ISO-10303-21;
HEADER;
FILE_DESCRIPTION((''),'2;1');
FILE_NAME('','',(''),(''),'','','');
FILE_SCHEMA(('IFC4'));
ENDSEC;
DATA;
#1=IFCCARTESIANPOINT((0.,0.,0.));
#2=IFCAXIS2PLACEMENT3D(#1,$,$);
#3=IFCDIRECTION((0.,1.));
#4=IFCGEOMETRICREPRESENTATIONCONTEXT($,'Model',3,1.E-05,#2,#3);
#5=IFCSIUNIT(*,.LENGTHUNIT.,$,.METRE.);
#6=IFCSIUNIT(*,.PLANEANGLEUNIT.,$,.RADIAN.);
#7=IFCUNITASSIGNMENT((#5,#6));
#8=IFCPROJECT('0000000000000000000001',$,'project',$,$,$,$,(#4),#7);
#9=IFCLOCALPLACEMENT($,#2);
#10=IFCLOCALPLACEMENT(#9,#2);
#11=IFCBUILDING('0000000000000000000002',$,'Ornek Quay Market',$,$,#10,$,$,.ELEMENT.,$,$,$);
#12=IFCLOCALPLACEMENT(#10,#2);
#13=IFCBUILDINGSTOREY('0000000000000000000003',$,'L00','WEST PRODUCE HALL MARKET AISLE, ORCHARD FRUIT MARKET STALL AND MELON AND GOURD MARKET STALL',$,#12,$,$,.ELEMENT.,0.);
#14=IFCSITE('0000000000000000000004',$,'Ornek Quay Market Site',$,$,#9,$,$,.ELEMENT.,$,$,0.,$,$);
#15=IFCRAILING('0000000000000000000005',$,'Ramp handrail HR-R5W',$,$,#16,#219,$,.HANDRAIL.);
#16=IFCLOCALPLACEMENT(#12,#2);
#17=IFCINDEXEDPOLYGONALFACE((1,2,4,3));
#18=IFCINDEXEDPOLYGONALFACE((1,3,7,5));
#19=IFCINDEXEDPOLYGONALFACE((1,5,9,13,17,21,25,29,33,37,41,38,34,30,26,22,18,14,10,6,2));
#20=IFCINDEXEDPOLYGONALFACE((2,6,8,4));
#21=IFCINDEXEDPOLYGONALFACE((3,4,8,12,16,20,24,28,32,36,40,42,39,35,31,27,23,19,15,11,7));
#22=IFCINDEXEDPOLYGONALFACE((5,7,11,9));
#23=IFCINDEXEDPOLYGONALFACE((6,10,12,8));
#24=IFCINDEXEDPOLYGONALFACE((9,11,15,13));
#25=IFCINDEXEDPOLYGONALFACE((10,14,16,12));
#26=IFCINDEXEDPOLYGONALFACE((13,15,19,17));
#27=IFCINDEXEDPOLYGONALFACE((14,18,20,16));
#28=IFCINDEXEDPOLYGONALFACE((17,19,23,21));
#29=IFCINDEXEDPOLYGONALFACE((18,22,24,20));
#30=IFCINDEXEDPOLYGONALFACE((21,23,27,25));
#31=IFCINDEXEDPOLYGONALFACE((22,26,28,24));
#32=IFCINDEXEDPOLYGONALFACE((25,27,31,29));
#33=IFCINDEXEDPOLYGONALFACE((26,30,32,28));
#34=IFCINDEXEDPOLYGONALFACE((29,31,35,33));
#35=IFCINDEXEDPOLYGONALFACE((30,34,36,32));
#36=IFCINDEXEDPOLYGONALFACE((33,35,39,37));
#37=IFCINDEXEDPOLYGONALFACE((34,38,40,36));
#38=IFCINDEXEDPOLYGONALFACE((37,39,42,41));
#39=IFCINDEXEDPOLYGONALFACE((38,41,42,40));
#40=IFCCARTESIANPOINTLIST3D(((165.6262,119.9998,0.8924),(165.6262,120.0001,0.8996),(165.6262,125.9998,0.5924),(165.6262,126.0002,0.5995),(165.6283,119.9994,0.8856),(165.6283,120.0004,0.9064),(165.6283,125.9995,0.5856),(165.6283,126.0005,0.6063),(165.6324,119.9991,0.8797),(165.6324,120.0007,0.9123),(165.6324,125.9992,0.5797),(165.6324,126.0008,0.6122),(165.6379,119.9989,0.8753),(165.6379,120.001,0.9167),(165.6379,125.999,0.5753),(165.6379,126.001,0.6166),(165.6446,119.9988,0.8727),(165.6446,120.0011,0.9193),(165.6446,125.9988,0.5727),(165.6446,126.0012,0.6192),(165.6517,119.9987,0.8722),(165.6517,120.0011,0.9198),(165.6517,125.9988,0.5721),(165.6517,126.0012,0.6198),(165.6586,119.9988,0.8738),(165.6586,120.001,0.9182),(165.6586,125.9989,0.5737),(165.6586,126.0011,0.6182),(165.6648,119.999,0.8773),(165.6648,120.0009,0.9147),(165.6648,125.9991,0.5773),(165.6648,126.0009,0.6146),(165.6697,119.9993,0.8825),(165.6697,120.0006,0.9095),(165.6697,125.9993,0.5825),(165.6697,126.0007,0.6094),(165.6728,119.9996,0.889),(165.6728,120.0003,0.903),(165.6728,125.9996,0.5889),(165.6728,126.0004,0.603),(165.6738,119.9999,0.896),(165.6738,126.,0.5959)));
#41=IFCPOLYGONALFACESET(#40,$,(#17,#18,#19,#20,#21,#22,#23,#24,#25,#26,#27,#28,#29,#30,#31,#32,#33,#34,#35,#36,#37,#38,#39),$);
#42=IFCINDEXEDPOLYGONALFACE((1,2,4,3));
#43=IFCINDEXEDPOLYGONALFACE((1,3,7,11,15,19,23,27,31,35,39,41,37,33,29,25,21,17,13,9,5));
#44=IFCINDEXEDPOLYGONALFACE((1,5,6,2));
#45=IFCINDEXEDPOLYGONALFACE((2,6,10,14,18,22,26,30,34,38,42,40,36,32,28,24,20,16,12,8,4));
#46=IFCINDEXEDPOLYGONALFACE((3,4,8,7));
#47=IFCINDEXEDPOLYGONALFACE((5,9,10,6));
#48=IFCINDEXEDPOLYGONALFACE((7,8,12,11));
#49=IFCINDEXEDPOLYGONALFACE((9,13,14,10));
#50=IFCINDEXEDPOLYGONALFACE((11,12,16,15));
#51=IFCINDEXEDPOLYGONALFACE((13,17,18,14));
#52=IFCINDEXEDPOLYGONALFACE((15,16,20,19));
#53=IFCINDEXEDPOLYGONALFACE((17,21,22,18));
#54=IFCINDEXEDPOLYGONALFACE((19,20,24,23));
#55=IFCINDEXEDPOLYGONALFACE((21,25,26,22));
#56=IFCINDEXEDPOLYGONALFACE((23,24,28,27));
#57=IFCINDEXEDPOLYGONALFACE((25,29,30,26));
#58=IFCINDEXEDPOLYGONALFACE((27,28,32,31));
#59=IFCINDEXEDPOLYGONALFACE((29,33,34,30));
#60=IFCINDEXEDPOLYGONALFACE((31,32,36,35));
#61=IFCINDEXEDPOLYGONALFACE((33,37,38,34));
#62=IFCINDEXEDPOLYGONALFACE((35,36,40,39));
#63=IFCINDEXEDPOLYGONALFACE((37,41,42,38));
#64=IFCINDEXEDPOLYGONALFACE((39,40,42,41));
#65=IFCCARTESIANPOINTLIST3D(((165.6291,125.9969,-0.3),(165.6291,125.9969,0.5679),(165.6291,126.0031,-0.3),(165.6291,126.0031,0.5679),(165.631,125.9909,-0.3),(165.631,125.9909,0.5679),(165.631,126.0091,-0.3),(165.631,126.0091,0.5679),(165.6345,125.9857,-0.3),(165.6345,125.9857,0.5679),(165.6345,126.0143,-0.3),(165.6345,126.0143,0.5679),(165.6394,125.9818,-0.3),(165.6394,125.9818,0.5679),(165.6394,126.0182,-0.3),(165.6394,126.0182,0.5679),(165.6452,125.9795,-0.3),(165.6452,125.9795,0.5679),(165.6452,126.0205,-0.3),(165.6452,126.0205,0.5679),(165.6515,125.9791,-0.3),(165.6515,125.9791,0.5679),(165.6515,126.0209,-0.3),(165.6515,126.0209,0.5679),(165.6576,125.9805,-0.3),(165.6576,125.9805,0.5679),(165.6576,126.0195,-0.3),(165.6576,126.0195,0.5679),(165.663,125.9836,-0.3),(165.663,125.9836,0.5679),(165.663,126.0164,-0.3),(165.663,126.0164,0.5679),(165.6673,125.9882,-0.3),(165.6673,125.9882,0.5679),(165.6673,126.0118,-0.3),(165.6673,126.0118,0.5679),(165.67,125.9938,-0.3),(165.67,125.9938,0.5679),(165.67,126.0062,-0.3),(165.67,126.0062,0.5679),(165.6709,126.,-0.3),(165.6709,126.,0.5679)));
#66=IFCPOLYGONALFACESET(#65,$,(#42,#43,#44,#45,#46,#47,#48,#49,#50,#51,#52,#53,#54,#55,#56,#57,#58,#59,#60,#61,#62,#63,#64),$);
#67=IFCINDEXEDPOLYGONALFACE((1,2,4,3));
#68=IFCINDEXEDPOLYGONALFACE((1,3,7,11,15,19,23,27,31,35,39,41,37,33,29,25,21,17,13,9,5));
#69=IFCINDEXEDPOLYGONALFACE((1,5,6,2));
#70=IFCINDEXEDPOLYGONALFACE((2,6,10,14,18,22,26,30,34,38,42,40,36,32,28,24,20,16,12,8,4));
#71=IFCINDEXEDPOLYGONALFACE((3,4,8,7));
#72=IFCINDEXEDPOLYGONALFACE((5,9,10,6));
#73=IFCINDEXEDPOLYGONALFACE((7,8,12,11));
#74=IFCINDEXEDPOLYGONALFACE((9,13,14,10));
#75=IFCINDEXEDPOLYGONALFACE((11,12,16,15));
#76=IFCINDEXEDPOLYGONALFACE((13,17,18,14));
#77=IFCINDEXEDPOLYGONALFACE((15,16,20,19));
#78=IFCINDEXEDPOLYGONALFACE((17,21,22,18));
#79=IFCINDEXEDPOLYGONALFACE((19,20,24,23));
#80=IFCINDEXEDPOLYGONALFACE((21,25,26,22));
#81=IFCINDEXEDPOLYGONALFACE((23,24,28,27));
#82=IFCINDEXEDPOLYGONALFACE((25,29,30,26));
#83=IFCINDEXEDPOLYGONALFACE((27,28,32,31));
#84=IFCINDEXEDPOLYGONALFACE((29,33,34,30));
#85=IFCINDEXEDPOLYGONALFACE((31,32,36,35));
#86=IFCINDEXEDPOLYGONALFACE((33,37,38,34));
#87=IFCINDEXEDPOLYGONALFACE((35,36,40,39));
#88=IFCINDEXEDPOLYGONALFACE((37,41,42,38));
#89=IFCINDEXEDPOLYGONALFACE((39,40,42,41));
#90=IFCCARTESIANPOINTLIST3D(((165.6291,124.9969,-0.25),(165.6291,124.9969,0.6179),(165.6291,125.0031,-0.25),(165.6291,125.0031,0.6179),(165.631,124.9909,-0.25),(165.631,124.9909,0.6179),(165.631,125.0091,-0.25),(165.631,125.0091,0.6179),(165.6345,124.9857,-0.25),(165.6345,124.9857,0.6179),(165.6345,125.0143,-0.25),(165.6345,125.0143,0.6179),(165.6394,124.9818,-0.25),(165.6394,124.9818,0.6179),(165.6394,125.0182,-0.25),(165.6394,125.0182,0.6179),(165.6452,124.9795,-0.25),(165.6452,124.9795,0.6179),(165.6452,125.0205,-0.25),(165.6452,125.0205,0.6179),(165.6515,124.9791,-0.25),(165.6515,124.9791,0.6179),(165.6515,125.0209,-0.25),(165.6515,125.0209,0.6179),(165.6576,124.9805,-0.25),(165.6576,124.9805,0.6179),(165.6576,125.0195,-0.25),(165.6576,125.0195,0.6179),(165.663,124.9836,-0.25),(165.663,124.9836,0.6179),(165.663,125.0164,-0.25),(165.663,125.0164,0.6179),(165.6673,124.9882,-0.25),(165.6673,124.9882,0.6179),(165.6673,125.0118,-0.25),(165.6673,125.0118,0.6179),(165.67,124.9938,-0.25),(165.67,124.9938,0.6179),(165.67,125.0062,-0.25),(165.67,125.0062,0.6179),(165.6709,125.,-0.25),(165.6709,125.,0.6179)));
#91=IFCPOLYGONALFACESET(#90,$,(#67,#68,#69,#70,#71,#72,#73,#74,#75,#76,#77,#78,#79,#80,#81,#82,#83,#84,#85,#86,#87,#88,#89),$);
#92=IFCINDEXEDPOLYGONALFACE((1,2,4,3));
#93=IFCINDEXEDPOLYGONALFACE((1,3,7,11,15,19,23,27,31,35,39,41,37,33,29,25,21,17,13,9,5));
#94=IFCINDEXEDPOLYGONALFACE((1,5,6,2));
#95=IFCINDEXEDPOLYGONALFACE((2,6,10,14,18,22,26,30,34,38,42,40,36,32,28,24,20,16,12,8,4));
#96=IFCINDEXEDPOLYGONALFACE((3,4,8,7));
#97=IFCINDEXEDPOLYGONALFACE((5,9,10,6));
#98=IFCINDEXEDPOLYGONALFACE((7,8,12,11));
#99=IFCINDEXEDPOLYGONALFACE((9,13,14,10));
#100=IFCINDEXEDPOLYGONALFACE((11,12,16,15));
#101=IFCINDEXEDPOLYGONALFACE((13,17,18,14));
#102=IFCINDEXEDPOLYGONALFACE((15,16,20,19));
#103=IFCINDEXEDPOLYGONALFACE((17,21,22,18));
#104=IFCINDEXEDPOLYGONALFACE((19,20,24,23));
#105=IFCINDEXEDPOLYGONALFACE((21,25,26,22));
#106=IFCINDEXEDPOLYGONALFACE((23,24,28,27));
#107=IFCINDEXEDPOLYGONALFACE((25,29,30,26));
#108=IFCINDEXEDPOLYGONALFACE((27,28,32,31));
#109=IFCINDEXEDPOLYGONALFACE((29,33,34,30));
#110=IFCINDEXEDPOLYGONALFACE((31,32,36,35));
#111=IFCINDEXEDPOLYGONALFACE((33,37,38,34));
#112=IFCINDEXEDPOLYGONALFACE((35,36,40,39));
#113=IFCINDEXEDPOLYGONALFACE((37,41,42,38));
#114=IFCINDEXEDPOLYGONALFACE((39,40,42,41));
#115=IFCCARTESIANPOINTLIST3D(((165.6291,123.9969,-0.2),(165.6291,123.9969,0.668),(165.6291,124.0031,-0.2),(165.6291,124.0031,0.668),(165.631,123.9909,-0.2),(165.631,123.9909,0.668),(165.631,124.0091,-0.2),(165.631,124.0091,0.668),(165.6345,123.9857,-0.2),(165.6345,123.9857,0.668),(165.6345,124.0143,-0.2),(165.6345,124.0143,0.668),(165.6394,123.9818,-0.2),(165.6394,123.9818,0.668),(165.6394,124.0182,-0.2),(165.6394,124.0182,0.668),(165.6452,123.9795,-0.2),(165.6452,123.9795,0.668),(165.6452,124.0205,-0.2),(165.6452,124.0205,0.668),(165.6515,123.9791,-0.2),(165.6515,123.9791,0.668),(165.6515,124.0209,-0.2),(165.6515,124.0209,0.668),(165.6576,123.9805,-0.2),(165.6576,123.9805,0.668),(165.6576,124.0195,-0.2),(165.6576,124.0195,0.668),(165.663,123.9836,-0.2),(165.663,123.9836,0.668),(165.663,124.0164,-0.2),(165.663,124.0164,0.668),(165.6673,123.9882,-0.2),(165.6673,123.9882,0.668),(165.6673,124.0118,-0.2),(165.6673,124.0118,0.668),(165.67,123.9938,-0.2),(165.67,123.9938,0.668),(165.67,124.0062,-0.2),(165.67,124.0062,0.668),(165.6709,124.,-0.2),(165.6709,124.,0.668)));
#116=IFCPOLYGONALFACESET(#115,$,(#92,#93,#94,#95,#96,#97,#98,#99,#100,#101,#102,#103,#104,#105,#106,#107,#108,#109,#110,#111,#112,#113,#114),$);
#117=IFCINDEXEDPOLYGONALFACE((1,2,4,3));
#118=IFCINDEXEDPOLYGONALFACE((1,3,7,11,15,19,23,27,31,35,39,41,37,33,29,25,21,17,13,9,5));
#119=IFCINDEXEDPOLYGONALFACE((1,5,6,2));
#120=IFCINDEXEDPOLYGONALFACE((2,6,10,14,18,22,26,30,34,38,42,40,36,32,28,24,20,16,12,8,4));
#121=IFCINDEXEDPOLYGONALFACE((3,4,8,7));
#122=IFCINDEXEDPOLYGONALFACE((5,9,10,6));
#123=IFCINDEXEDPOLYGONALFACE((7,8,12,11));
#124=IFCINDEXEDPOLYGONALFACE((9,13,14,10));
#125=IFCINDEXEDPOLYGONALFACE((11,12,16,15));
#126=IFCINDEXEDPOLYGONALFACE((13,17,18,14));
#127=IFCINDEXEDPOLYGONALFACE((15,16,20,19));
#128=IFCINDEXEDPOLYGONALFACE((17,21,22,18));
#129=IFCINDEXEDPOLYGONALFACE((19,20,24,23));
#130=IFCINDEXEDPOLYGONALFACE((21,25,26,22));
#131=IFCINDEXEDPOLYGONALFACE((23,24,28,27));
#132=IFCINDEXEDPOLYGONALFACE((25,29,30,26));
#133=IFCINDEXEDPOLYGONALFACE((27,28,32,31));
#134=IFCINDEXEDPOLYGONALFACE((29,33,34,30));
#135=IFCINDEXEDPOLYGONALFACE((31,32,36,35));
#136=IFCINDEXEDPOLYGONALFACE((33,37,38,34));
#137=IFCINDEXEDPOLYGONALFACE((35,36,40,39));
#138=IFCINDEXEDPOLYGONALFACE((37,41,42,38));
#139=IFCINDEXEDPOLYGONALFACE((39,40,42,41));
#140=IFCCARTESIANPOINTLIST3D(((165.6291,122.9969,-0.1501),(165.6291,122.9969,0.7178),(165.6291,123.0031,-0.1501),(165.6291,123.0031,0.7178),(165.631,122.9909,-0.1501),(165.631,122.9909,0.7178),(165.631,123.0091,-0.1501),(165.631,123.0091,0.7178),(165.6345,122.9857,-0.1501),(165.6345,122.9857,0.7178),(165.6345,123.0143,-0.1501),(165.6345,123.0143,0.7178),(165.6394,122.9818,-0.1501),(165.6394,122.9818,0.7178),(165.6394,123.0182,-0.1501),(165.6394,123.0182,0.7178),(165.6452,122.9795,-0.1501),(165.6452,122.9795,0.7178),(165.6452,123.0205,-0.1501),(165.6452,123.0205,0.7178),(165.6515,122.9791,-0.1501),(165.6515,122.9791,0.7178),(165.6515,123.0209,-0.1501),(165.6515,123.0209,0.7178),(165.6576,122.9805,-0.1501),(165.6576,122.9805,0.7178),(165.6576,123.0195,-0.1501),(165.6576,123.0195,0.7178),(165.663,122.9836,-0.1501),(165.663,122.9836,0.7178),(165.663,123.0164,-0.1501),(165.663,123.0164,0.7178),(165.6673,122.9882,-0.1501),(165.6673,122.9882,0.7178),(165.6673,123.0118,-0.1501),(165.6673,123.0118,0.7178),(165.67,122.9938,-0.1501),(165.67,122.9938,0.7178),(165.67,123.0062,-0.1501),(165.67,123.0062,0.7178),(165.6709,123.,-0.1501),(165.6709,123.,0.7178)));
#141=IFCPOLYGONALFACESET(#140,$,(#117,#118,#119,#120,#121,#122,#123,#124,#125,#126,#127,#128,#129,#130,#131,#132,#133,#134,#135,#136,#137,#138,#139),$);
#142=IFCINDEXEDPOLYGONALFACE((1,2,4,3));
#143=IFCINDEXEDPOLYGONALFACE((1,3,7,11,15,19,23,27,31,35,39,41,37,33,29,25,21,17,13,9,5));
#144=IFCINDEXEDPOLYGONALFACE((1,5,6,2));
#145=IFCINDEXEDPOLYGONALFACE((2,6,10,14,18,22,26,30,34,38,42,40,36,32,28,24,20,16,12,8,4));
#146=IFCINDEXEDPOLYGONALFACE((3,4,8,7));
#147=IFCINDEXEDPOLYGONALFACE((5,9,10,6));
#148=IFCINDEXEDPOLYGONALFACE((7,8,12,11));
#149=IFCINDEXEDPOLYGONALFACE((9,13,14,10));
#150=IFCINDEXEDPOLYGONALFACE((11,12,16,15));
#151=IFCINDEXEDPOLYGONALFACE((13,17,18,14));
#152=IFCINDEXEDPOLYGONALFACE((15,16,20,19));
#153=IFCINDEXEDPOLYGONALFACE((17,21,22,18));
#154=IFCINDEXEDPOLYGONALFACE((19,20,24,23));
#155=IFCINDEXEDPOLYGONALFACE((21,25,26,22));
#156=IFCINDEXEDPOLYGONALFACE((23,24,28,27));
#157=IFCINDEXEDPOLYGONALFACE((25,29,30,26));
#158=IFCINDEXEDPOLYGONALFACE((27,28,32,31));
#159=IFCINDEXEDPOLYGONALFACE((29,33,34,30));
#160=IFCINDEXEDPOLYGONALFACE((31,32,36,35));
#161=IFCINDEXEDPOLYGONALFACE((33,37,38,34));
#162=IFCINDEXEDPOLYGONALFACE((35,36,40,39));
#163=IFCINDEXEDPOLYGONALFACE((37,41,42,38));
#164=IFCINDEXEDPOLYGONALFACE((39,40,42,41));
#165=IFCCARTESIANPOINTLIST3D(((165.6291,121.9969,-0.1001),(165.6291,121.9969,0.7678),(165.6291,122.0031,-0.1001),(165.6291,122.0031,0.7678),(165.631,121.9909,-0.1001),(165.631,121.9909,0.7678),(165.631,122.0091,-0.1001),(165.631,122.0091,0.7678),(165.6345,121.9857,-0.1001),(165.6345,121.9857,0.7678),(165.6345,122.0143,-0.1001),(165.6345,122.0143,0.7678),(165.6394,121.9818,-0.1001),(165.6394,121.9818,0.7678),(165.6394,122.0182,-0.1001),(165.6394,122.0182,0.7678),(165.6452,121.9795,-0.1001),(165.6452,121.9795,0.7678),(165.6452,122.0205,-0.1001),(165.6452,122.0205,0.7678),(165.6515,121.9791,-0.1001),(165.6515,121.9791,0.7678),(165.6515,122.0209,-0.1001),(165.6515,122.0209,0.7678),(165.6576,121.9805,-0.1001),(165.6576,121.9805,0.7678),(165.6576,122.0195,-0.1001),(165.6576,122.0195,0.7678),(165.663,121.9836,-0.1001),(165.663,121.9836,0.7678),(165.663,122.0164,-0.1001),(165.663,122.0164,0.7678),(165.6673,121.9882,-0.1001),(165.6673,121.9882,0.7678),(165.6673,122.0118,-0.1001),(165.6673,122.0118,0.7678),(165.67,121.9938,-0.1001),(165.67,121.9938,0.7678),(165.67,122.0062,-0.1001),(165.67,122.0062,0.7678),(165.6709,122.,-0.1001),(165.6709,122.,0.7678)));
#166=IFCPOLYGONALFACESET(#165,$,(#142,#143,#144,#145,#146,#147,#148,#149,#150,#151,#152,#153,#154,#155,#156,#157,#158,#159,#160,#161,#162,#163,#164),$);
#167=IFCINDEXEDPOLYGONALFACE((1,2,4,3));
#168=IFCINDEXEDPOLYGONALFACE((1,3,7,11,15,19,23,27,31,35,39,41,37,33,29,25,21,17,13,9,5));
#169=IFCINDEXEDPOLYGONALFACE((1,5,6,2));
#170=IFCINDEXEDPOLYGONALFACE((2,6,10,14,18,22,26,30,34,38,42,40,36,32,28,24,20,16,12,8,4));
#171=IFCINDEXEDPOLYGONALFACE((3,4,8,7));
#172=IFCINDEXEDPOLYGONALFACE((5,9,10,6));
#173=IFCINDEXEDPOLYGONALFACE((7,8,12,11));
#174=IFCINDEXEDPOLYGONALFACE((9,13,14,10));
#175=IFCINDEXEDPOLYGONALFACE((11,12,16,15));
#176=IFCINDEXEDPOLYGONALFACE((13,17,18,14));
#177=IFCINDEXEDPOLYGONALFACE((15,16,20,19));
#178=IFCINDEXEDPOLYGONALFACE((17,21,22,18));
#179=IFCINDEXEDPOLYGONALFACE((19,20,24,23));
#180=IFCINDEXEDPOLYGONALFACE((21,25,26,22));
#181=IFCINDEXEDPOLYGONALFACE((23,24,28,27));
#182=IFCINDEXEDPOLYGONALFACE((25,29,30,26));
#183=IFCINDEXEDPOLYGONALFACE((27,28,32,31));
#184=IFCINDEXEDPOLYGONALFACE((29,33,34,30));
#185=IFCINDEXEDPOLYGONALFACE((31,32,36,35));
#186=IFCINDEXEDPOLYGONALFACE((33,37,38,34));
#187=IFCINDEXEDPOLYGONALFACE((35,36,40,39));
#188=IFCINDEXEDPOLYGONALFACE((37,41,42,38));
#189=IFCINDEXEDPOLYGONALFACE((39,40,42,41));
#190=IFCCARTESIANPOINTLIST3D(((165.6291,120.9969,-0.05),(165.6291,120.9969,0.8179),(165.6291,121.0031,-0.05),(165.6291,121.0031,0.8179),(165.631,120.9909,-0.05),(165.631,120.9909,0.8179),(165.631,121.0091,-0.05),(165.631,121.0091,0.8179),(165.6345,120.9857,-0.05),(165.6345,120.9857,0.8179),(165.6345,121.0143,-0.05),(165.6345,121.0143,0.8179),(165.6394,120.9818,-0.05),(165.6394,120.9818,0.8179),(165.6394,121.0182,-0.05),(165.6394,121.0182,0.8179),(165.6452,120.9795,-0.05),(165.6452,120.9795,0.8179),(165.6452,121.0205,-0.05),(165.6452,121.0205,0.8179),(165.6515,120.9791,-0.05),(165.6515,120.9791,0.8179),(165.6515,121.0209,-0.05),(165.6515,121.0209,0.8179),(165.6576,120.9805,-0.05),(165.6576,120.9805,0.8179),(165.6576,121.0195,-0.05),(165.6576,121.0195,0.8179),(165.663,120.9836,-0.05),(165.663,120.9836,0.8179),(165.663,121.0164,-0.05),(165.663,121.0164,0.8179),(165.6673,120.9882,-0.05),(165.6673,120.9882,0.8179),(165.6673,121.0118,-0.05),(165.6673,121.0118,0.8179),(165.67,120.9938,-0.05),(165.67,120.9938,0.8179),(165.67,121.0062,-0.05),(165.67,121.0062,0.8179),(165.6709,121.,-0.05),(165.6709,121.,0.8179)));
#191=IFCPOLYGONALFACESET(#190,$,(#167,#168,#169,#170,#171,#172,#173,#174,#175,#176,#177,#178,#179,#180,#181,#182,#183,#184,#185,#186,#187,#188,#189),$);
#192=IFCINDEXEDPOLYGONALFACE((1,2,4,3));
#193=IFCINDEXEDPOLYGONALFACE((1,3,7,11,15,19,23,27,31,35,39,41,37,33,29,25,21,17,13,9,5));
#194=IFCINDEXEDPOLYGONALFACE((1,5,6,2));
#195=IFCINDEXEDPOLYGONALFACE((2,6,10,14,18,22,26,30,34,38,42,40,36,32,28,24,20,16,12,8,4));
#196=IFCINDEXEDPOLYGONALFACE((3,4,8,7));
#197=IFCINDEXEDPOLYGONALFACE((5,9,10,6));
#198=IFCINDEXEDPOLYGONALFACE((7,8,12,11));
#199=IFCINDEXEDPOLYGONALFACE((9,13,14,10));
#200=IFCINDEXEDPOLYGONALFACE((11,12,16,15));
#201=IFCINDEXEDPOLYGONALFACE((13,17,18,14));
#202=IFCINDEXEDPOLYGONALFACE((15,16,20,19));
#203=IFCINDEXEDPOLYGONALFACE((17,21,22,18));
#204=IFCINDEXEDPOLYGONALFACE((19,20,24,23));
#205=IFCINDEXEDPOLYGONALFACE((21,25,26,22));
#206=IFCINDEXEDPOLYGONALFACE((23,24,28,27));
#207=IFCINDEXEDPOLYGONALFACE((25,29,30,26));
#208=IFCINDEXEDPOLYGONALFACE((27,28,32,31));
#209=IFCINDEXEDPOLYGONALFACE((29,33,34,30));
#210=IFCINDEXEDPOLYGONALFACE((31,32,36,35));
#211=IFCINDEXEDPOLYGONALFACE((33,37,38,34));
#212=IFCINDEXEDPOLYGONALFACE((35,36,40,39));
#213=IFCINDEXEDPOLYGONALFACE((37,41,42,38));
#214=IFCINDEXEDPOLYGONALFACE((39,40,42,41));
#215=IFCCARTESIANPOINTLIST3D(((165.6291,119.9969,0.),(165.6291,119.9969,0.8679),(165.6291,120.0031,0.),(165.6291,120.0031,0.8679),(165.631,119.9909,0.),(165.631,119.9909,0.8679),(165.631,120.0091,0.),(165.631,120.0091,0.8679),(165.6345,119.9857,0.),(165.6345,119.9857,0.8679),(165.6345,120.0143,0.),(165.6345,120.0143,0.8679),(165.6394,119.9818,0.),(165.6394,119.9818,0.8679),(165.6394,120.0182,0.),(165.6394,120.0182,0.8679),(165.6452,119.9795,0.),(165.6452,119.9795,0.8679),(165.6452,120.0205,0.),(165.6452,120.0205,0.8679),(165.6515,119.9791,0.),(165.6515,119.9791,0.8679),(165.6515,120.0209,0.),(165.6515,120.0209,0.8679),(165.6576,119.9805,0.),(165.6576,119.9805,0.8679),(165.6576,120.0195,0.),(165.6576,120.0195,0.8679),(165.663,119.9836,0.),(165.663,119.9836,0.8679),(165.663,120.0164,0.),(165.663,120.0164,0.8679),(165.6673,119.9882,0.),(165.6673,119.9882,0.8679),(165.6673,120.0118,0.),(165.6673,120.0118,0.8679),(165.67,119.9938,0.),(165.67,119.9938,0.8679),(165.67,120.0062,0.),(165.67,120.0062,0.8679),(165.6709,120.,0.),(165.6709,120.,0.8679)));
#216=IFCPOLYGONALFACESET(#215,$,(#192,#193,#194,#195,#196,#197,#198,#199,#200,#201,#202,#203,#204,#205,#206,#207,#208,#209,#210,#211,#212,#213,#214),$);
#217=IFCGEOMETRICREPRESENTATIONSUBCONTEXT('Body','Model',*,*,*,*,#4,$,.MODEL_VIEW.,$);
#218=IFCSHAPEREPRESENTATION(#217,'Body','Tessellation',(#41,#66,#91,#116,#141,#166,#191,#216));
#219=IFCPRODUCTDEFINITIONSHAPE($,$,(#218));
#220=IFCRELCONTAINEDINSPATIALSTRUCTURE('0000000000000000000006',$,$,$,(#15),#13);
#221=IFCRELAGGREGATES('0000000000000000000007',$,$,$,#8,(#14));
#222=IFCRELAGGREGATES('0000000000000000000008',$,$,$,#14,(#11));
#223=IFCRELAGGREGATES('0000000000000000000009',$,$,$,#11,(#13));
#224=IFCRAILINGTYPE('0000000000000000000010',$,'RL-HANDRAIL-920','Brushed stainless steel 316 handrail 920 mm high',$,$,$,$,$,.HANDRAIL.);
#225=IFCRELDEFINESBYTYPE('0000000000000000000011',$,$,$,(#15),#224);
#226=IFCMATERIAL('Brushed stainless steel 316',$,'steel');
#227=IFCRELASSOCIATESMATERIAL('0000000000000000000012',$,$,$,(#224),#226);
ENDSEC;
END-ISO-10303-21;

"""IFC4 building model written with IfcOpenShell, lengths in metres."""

from ifc_helpers import new_model, si_unit, direction, frame, origin, origin_2d, place, context, subcontext, project, spatial, circle, extrude, material, type_object, element, save


model = new_model("IFC4")

# Units and contexts
model_context = context("Model", 3, precision=1e-05, world=origin(), true_north=direction((0.0, 1.0)))
body_context = subcontext(model_context, "Body", "Model", "MODEL_VIEW")
ifc_project = project(units=[si_unit("LENGTHUNIT", "METRE"), si_unit("PLANEANGLEUNIT", "RADIAN")], contexts=[model_context])

# Site, building, storey
site_placement = place(None, origin())
site = spatial("IfcSite", under=ifc_project, at=site_placement, Name="Ornek Quay Market Site", CompositionType="ELEMENT", RefElevation=0.0)
building_placement = place(site_placement, origin())
building = spatial("IfcBuilding", under=site, at=building_placement, Name="Ornek Quay Market", CompositionType="ELEMENT")
storey_placement = place(building_placement, origin())
storey = spatial("IfcBuildingStorey", under=building, at=storey_placement, Name="L00", Description="WEST PRODUCE HALL MARKET AISLE, ORCHARD FRUIT MARKET STALL AND MELON AND GOURD MARKET STALL", CompositionType="ELEMENT", Elevation=0.0)

# Railing
ifc_material_1 = material(Name="Brushed stainless steel 316", Category="steel")
railing_type = type_object("IfcRailingType", Name="RL-HANDRAIL-920", Description="Brushed stainless steel 316 handrail 920 mm high", PredefinedType="HANDRAIL", material=ifc_material_1)
for number, where, name in (
    (1, (165.6499, 126.0, -0.3), "Ramp handrail HR-R5W"),
):
    element("IfcRailing", number, at=place(storey_placement, frame(where)), inside=storey, type_object=railing_type, Name=name, PredefinedType="HANDRAIL", context=body_context, shape_type="SweptSolid", body=[
        extrude(circle(Radius=0.0239, at=origin_2d()), frame((0.0, 0.0, 0.896), z_axis=(0.0, -0.998752, 0.049946), x_axis=(1.0, 0.0, 0.0)), (0.0, 0.0, 1.0), 6.0076),
        extrude(circle(Radius=0.021, at=origin_2d()), origin(), (0.0, 0.0, 1.0), 0.8679),
        extrude(circle(Radius=0.021, at=origin_2d()), frame((0.0, -1.0, 0.05)), (0.0, 0.0, 1.0), 0.8679),
        extrude(circle(Radius=0.021, at=origin_2d()), frame((0.0, -2.0, 0.1001)), (0.0, 0.0, 1.0), 0.8679),
        extrude(circle(Radius=0.021, at=origin_2d()), frame((0.0, -3.0, 0.1499)), (0.0, 0.0, 1.0), 0.8679),
        extrude(circle(Radius=0.021, at=origin_2d()), frame((0.0, -4.0, 0.2)), (0.0, 0.0, 1.0), 0.8679),
        extrude(circle(Radius=0.021, at=origin_2d()), frame((0.0, -5.0, 0.25)), (0.0, 0.0, 1.0), 0.8679),
        extrude(circle(Radius=0.021, at=origin_2d()), frame((0.0, -6.0, 0.3)), (0.0, 0.0, 1.0), 0.8679),
    ])

save(model, "model.ifc")
